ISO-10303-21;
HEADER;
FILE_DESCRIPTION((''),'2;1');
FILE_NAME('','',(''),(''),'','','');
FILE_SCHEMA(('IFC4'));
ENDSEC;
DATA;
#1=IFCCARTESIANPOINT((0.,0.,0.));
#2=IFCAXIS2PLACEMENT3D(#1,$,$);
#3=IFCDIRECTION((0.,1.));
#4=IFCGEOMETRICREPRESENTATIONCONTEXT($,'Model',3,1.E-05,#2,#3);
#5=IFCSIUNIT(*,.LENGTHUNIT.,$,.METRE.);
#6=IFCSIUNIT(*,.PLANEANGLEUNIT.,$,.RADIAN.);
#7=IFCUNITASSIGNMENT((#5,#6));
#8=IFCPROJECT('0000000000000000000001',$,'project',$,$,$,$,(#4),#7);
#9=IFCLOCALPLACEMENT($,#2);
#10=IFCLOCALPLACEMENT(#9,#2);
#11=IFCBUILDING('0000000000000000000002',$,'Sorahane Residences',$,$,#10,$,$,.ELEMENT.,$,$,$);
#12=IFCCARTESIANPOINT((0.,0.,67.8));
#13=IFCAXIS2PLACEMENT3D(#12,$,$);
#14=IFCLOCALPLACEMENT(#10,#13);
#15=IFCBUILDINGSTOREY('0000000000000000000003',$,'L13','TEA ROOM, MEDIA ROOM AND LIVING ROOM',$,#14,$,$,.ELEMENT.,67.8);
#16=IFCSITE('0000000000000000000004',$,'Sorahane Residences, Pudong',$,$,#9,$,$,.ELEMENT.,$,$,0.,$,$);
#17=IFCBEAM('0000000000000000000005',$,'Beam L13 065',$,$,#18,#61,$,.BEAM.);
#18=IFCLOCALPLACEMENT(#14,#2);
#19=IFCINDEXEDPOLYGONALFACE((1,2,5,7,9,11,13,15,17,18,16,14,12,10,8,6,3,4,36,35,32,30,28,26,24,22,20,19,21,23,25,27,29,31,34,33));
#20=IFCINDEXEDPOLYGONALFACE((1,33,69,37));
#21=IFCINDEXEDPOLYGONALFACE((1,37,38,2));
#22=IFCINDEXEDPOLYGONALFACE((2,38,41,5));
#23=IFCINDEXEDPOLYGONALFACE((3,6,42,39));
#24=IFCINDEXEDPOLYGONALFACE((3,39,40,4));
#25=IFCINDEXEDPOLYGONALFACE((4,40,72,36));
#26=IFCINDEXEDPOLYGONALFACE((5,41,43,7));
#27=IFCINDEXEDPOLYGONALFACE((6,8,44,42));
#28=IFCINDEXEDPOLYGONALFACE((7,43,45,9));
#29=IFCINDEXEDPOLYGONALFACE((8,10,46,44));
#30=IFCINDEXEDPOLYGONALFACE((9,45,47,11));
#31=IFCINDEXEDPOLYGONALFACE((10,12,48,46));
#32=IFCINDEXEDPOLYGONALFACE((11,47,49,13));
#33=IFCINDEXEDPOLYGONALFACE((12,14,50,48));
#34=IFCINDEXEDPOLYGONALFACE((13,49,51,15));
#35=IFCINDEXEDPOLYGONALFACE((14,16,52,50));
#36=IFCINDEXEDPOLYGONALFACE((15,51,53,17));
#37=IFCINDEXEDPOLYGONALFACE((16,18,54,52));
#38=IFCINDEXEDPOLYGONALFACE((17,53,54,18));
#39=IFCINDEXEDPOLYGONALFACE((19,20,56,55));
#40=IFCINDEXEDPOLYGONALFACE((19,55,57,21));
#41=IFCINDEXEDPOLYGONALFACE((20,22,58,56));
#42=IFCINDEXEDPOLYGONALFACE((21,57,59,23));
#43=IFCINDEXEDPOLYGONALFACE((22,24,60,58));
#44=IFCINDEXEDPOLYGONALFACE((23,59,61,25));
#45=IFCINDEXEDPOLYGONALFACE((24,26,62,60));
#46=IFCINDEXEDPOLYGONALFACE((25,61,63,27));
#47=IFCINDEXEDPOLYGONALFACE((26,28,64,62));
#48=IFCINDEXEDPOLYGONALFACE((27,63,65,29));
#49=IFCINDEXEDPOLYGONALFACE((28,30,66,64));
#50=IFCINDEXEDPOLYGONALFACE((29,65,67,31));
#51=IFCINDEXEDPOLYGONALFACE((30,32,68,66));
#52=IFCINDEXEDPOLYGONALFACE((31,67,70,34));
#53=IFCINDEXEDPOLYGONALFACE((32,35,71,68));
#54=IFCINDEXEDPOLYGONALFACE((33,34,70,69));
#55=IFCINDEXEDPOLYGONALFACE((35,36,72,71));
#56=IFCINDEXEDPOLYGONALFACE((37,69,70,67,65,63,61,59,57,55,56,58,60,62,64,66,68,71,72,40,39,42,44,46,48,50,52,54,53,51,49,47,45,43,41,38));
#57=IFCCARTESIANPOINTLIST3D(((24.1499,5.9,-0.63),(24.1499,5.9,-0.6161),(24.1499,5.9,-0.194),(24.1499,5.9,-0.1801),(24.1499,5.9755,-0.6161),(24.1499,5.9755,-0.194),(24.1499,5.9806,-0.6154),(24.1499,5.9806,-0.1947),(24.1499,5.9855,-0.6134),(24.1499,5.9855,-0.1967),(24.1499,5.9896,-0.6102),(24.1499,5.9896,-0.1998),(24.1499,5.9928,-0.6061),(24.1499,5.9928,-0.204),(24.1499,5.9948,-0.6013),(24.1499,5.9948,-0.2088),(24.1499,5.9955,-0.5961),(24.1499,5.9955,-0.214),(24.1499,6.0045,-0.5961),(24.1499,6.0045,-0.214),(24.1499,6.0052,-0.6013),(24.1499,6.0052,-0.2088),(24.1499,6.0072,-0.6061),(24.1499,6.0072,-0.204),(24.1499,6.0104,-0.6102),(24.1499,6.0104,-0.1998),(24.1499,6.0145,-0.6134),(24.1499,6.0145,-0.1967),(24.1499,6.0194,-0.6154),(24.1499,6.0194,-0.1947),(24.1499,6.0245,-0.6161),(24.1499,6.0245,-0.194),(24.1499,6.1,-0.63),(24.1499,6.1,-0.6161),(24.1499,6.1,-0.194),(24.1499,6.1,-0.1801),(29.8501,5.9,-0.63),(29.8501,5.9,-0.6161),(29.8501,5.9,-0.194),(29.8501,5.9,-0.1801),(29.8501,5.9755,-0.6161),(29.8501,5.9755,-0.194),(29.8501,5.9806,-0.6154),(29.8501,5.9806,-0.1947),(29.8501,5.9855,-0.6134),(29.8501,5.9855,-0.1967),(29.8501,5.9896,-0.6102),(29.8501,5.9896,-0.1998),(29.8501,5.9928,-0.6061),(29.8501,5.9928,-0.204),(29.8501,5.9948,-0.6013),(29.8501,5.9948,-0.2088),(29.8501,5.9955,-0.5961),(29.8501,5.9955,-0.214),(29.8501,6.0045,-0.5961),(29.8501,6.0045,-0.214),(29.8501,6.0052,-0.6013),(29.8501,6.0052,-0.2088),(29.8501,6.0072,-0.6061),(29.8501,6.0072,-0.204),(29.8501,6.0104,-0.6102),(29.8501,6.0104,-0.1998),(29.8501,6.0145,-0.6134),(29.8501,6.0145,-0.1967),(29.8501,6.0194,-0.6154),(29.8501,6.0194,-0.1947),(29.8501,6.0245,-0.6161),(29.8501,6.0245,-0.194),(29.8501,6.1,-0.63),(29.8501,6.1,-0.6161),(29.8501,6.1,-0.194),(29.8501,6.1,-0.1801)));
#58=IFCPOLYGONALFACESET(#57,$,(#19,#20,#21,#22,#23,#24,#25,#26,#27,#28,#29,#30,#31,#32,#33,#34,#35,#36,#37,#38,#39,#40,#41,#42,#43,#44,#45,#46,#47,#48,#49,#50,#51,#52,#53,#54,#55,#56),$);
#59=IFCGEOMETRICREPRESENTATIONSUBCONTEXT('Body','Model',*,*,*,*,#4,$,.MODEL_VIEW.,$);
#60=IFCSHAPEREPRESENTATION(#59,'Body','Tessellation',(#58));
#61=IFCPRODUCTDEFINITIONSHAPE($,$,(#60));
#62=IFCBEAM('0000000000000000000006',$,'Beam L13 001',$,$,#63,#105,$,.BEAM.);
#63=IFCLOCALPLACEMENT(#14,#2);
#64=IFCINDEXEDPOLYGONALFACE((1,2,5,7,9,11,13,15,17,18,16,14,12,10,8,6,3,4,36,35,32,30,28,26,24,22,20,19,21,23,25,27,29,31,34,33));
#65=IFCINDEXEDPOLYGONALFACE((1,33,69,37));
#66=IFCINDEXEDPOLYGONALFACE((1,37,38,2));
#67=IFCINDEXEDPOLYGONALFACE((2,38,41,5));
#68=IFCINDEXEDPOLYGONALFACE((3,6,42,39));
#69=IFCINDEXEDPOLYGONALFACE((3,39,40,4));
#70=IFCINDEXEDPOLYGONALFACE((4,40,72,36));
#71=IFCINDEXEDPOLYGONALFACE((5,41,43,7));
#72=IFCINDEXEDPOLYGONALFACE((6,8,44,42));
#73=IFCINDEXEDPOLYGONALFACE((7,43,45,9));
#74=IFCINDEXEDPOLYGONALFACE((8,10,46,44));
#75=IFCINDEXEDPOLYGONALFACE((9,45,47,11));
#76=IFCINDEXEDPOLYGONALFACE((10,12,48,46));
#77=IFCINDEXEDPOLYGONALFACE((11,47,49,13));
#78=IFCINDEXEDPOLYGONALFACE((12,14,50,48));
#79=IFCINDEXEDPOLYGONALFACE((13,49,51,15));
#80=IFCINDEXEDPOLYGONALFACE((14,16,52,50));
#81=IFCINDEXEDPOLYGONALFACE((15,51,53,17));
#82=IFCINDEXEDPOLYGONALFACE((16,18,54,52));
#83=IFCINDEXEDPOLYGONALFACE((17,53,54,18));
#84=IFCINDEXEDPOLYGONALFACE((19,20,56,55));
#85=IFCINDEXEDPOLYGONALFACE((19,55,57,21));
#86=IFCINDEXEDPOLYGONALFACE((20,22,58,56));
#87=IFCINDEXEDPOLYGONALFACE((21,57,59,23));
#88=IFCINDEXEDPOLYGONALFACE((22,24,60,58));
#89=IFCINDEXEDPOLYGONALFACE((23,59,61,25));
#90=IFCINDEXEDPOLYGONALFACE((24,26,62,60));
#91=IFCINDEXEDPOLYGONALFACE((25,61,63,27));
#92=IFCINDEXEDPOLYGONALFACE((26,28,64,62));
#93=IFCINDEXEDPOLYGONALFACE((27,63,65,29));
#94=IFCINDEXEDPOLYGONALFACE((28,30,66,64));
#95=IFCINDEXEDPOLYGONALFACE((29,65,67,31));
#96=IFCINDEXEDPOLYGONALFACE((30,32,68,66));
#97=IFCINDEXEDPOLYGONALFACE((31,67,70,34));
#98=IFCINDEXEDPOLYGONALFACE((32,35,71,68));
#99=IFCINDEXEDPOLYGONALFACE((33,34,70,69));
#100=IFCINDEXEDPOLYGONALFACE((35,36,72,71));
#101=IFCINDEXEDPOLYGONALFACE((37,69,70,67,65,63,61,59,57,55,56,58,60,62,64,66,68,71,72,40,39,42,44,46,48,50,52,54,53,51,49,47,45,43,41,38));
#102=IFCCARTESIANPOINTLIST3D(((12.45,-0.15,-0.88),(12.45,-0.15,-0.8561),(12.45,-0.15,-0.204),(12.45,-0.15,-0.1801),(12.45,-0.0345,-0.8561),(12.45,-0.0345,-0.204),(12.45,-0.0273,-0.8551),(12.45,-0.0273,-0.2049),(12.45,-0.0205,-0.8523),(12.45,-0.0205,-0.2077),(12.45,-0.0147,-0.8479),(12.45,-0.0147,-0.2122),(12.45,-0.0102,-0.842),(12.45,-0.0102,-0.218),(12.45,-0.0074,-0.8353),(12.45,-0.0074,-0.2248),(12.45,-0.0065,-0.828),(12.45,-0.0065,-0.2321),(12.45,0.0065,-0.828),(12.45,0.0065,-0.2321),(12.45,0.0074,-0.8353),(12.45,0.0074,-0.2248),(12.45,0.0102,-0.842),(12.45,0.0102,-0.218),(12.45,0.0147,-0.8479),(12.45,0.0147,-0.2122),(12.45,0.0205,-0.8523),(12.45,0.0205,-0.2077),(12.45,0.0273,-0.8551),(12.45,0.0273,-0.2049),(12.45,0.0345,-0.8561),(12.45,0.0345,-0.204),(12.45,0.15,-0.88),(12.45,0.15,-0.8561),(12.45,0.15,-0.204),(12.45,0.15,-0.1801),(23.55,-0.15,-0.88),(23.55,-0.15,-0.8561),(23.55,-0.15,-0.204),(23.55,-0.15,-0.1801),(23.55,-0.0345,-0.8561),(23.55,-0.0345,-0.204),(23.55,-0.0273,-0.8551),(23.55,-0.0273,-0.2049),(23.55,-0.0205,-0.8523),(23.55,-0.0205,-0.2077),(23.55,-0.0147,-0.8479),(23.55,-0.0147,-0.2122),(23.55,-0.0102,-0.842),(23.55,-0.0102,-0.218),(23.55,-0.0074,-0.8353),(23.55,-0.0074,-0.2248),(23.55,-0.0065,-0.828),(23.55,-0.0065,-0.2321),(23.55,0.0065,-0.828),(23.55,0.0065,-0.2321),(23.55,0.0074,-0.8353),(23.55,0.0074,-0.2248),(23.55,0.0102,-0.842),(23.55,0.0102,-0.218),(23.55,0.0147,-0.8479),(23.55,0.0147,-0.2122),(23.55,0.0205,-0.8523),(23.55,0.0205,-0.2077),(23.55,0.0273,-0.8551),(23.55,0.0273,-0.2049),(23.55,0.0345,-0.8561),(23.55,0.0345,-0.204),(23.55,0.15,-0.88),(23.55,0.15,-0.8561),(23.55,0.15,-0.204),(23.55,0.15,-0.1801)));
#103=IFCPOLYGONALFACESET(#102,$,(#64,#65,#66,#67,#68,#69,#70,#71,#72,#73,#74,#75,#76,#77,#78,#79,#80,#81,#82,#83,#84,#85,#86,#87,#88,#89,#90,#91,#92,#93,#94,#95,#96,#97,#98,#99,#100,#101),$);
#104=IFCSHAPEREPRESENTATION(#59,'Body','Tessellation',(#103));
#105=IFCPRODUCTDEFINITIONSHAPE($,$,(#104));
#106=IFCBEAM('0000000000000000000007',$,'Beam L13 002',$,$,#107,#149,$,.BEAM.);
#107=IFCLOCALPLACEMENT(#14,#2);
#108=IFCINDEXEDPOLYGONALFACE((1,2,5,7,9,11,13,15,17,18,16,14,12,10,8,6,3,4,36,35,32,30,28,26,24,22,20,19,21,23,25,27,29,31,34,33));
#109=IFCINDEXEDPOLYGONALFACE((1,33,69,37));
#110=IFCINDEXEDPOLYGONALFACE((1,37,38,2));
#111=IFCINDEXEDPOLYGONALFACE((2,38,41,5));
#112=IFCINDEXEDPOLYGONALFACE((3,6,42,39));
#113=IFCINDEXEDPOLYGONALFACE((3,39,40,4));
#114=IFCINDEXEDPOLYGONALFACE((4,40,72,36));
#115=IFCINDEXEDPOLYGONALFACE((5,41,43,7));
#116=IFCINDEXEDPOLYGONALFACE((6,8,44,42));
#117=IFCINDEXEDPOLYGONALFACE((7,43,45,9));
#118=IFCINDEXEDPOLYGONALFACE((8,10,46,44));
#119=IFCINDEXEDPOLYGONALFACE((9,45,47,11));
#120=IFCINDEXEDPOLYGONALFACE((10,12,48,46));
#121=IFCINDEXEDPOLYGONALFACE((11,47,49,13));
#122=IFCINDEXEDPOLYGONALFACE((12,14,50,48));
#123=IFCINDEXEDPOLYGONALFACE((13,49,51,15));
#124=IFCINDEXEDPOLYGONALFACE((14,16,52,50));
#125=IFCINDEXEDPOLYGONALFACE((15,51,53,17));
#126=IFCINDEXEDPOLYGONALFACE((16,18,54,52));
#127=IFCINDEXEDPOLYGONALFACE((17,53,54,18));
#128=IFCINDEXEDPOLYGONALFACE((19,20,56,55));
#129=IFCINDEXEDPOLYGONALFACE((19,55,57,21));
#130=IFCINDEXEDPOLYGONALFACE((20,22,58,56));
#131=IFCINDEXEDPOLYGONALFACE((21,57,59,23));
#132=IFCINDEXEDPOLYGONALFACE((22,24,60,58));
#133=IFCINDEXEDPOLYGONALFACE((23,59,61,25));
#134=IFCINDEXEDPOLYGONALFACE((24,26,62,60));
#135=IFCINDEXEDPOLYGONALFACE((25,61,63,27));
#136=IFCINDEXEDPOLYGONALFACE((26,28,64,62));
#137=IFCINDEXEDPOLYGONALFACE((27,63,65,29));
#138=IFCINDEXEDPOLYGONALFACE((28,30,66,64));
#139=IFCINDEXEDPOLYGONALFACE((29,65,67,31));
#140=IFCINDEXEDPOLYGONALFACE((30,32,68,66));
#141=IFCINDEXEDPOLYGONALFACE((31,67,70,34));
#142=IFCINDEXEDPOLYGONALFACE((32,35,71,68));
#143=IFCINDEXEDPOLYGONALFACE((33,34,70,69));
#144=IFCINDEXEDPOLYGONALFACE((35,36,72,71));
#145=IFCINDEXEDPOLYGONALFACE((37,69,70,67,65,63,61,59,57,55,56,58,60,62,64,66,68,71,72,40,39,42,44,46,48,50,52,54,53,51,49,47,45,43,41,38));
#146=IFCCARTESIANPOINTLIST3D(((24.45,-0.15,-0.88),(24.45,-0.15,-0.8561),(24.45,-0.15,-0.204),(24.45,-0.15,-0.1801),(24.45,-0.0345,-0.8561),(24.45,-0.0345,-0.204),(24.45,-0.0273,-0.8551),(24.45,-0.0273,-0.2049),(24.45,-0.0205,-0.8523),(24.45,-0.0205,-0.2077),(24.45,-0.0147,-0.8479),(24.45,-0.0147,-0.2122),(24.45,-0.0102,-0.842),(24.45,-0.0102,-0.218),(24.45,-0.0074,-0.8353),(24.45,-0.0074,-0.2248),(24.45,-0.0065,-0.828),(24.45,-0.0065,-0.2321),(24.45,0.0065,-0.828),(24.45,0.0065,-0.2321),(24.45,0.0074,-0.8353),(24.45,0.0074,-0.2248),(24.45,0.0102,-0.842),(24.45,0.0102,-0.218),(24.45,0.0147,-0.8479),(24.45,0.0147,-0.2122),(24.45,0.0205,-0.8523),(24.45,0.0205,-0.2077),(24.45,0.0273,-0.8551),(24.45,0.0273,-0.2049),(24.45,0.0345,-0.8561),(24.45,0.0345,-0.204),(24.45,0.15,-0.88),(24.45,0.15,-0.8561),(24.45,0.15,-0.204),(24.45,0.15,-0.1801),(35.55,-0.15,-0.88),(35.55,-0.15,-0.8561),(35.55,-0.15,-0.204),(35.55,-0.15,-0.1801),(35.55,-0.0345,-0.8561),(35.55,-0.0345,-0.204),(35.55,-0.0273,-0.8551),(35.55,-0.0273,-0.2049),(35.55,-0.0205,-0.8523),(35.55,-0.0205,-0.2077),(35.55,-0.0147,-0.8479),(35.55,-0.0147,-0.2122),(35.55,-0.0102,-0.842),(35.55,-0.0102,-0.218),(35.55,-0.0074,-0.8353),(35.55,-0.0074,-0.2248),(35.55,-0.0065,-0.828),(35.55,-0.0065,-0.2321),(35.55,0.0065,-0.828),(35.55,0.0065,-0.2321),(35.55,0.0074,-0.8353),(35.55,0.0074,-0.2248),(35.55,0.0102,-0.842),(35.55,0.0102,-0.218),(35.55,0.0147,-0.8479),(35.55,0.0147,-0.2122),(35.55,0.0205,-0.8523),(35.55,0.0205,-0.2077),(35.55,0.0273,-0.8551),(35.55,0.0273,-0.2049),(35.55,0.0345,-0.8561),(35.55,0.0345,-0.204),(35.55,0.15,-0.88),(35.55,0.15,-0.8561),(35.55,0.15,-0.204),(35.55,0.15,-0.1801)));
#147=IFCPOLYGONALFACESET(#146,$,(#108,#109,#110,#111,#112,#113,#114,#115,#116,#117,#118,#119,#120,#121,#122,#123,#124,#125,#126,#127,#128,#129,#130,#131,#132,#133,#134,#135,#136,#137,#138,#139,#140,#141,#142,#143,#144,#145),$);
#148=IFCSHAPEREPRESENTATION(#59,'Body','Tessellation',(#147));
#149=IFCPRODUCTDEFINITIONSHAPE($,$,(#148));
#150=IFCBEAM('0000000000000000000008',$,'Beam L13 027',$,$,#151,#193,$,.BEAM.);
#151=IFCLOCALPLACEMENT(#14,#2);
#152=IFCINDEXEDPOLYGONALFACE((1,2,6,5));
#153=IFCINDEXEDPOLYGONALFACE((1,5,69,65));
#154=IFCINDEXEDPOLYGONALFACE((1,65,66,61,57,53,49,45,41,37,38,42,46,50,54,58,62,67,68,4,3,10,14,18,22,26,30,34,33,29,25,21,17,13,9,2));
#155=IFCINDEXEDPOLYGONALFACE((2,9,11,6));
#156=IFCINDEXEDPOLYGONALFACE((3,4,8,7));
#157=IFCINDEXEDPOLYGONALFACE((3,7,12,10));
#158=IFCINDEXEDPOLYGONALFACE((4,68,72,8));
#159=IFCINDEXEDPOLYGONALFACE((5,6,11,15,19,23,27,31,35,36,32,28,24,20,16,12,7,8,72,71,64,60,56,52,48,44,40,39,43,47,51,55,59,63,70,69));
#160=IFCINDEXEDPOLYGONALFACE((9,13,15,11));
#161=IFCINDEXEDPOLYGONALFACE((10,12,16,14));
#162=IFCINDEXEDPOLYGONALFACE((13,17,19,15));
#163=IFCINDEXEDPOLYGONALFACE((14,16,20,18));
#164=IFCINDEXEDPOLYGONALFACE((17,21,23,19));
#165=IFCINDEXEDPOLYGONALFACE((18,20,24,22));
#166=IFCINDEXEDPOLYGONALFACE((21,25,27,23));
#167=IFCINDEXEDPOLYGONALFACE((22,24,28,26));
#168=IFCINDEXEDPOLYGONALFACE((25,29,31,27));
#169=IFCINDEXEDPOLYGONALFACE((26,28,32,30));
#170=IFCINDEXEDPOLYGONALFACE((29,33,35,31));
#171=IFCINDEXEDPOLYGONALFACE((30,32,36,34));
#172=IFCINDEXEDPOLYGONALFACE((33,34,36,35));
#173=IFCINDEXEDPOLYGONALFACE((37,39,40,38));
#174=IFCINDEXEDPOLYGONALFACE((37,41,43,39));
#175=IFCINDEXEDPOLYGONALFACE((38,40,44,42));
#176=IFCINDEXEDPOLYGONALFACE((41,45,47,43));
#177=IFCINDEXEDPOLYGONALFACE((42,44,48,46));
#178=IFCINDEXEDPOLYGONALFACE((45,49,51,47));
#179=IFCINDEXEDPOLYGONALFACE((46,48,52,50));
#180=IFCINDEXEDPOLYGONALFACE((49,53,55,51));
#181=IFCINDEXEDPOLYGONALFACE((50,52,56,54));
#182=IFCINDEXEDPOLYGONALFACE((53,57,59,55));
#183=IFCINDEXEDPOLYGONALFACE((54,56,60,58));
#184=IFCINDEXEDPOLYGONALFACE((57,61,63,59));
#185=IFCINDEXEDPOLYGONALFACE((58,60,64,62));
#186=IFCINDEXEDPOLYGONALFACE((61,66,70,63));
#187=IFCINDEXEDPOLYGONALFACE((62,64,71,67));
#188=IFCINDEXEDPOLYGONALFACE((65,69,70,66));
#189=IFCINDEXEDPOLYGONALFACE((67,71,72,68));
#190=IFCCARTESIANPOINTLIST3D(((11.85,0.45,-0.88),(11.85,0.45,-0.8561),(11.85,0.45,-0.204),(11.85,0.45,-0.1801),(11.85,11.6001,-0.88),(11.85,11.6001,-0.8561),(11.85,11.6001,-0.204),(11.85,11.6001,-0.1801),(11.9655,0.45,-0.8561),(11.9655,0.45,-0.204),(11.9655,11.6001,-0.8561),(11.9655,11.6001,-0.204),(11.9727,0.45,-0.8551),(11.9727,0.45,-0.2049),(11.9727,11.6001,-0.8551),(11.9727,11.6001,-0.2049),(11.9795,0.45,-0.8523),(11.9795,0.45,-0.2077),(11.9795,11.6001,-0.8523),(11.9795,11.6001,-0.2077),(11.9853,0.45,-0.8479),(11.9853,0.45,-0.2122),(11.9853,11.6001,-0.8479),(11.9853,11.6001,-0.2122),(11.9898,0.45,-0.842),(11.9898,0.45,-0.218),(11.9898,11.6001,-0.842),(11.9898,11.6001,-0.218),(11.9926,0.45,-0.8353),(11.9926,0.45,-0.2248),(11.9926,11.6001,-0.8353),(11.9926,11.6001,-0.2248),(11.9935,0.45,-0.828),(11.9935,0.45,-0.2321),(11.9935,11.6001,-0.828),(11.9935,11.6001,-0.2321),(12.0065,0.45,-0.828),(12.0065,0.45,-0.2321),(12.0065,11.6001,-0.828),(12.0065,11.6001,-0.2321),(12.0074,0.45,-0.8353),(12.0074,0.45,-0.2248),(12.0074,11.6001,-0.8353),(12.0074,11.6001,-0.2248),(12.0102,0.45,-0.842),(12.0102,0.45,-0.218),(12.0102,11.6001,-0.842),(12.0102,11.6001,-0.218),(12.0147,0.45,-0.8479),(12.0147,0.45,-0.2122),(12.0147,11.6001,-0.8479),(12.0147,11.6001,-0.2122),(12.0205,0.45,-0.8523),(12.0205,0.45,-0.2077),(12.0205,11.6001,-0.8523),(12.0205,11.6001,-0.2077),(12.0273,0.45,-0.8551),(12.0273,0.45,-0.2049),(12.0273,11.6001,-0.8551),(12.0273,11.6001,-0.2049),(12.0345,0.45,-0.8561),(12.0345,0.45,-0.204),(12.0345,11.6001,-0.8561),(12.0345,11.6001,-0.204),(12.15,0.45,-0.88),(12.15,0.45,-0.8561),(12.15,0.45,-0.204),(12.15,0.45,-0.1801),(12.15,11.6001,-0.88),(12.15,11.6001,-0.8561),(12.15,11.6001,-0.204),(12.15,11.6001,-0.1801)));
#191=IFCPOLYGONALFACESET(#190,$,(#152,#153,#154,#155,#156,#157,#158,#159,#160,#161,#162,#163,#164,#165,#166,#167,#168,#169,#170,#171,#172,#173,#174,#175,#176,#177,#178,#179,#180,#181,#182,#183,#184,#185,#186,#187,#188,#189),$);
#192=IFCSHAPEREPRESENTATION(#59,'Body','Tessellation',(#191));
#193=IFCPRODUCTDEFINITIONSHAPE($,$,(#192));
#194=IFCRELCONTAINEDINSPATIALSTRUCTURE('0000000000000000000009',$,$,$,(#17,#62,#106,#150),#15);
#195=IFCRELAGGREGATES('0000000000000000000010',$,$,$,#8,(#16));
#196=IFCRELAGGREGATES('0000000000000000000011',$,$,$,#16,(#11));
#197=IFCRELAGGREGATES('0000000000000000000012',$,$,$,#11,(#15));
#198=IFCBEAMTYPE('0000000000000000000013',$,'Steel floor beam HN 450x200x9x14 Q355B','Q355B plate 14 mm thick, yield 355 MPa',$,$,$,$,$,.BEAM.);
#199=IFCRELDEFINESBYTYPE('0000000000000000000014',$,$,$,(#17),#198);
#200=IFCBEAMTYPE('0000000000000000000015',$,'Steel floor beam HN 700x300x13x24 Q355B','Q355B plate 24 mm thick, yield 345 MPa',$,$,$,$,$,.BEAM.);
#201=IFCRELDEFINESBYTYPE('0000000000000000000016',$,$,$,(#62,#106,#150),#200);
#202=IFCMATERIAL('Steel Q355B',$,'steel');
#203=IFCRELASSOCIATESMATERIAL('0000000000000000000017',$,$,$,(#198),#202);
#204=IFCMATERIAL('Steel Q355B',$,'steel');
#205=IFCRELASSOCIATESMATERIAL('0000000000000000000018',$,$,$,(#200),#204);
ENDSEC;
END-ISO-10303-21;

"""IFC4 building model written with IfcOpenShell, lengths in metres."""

from ifc_helpers import new_model, si_unit, direction, frame, origin, origin_2d, place, context, subcontext, project, spatial, i_section, extrude, material, material_profile, profile_set, type_object, element, save


model = new_model("IFC4")

# Units and contexts
model_context = context("Model", 3, precision=1e-05, world=origin(), true_north=direction((0.0, 1.0)))
body_context = subcontext(model_context, "Body", "Model", "MODEL_VIEW")
ifc_project = project(units=[si_unit("LENGTHUNIT", "METRE"), si_unit("PLANEANGLEUNIT", "RADIAN")], contexts=[model_context])

# Site, building, storey
site_placement = place(None, origin())
site = spatial("IfcSite", under=ifc_project, at=site_placement, Name="Sorahane Residences, Pudong", CompositionType="ELEMENT", RefElevation=0.0)
building_placement = place(site_placement, origin())
building = spatial("IfcBuilding", under=site, at=building_placement, Name="Sorahane Residences", CompositionType="ELEMENT")
storey_placement = place(building_placement, frame((0.0, 0.0, 67.8)))
storey = spatial("IfcBuildingStorey", under=building, at=storey_placement, Name="L13", Description="TEA ROOM, MEDIA ROOM AND LIVING ROOM", CompositionType="ELEMENT", Elevation=67.8)

# Beams
ifc_material_1 = material(Name="Steel Q355B", Category="steel")
ifc_material_profile_1 = material_profile(ifc_material_1, i_section(OverallWidth=0.2, OverallDepth=0.45, WebThickness=0.009, FlangeThickness=0.0139, FilletRadius=0.02, at=origin_2d()), Name="HN 450x200x9x14")
ifc_profile_set_1 = profile_set([ifc_material_profile_1], Name="Steel Q355B")
beam_type_1 = type_object("IfcBeamType", Name="Steel floor beam HN 450x200x9x14 Q355B", Description="Q355B plate 14 mm thick, yield 355 MPa", PredefinedType="BEAM", material=ifc_profile_set_1)
for number, where, z_axis, x_axis, name in (
    (1, (24.1499, 6.0, -0.405), (1.0, 0.0, 0.0), (0.0, 1.0, 0.0), "Beam L13 065"),
):
    element("IfcBeam", number, at=place(storey_placement, frame(where, z_axis=z_axis, x_axis=x_axis)), inside=storey, type_object=beam_type_1, Name=name, PredefinedType="BEAM", context=body_context, shape_type="SweptSolid", body=[
        extrude(i_section(OverallWidth=0.2, OverallDepth=0.45, WebThickness=0.009, FlangeThickness=0.0139, FilletRadius=0.02, at=origin_2d()), origin(), (0.0, 0.0, 1.0), 5.7002),
    ])
ifc_material_2 = material(Name="Steel Q355B", Category="steel")
ifc_material_profile_2 = material_profile(ifc_material_2, i_section(OverallWidth=0.3, OverallDepth=0.7, WebThickness=0.0129, FlangeThickness=0.0239, FilletRadius=0.0281, at=origin_2d()), Name="HN 700x300x13x24")
ifc_profile_set_2 = profile_set([ifc_material_profile_2], Name="Steel Q355B")
beam_type_2 = type_object("IfcBeamType", Name="Steel floor beam HN 700x300x13x24 Q355B", Description="Q355B plate 24 mm thick, yield 345 MPa", PredefinedType="BEAM", material=ifc_profile_set_2)
for number, where, z_axis, x_axis, name in (
    (2, (12.45, 0.0, -0.53), (1.0, 0.0, 0.0), (0.0, 1.0, 0.0), "Beam L13 001"),
    (3, (24.45, 0.0, -0.53), (1.0, 0.0, 0.0), (0.0, 1.0, 0.0), "Beam L13 002"),
):
    element("IfcBeam", number, at=place(storey_placement, frame(where, z_axis=z_axis, x_axis=x_axis)), inside=storey, type_object=beam_type_2, Name=name, PredefinedType="BEAM", context=body_context, shape_type="SweptSolid", body=[
        extrude(i_section(OverallWidth=0.3, OverallDepth=0.7, WebThickness=0.0129, FlangeThickness=0.0239, FilletRadius=0.0281, at=origin_2d()), origin(), (0.0, 0.0, 1.0), 11.1001),
    ])
beam_1_placement = place(storey_placement, frame((12.0, 0.45, -0.53), z_axis=(0.0, 1.0, 0.0), x_axis=(-1.0, 0.0, 0.0)))
element("IfcBeam", 4, at=beam_1_placement, inside=storey, type_object=beam_type_2, Name="Beam L13 027", PredefinedType="BEAM", context=body_context, shape_type="SweptSolid", body=[
    extrude(i_section(OverallWidth=0.3, OverallDepth=0.7, WebThickness=0.0129, FlangeThickness=0.0239, FilletRadius=0.0281, at=origin_2d()), origin(), (0.0, 0.0, 1.0), 11.1501),
])

save(model, "model.ifc")
